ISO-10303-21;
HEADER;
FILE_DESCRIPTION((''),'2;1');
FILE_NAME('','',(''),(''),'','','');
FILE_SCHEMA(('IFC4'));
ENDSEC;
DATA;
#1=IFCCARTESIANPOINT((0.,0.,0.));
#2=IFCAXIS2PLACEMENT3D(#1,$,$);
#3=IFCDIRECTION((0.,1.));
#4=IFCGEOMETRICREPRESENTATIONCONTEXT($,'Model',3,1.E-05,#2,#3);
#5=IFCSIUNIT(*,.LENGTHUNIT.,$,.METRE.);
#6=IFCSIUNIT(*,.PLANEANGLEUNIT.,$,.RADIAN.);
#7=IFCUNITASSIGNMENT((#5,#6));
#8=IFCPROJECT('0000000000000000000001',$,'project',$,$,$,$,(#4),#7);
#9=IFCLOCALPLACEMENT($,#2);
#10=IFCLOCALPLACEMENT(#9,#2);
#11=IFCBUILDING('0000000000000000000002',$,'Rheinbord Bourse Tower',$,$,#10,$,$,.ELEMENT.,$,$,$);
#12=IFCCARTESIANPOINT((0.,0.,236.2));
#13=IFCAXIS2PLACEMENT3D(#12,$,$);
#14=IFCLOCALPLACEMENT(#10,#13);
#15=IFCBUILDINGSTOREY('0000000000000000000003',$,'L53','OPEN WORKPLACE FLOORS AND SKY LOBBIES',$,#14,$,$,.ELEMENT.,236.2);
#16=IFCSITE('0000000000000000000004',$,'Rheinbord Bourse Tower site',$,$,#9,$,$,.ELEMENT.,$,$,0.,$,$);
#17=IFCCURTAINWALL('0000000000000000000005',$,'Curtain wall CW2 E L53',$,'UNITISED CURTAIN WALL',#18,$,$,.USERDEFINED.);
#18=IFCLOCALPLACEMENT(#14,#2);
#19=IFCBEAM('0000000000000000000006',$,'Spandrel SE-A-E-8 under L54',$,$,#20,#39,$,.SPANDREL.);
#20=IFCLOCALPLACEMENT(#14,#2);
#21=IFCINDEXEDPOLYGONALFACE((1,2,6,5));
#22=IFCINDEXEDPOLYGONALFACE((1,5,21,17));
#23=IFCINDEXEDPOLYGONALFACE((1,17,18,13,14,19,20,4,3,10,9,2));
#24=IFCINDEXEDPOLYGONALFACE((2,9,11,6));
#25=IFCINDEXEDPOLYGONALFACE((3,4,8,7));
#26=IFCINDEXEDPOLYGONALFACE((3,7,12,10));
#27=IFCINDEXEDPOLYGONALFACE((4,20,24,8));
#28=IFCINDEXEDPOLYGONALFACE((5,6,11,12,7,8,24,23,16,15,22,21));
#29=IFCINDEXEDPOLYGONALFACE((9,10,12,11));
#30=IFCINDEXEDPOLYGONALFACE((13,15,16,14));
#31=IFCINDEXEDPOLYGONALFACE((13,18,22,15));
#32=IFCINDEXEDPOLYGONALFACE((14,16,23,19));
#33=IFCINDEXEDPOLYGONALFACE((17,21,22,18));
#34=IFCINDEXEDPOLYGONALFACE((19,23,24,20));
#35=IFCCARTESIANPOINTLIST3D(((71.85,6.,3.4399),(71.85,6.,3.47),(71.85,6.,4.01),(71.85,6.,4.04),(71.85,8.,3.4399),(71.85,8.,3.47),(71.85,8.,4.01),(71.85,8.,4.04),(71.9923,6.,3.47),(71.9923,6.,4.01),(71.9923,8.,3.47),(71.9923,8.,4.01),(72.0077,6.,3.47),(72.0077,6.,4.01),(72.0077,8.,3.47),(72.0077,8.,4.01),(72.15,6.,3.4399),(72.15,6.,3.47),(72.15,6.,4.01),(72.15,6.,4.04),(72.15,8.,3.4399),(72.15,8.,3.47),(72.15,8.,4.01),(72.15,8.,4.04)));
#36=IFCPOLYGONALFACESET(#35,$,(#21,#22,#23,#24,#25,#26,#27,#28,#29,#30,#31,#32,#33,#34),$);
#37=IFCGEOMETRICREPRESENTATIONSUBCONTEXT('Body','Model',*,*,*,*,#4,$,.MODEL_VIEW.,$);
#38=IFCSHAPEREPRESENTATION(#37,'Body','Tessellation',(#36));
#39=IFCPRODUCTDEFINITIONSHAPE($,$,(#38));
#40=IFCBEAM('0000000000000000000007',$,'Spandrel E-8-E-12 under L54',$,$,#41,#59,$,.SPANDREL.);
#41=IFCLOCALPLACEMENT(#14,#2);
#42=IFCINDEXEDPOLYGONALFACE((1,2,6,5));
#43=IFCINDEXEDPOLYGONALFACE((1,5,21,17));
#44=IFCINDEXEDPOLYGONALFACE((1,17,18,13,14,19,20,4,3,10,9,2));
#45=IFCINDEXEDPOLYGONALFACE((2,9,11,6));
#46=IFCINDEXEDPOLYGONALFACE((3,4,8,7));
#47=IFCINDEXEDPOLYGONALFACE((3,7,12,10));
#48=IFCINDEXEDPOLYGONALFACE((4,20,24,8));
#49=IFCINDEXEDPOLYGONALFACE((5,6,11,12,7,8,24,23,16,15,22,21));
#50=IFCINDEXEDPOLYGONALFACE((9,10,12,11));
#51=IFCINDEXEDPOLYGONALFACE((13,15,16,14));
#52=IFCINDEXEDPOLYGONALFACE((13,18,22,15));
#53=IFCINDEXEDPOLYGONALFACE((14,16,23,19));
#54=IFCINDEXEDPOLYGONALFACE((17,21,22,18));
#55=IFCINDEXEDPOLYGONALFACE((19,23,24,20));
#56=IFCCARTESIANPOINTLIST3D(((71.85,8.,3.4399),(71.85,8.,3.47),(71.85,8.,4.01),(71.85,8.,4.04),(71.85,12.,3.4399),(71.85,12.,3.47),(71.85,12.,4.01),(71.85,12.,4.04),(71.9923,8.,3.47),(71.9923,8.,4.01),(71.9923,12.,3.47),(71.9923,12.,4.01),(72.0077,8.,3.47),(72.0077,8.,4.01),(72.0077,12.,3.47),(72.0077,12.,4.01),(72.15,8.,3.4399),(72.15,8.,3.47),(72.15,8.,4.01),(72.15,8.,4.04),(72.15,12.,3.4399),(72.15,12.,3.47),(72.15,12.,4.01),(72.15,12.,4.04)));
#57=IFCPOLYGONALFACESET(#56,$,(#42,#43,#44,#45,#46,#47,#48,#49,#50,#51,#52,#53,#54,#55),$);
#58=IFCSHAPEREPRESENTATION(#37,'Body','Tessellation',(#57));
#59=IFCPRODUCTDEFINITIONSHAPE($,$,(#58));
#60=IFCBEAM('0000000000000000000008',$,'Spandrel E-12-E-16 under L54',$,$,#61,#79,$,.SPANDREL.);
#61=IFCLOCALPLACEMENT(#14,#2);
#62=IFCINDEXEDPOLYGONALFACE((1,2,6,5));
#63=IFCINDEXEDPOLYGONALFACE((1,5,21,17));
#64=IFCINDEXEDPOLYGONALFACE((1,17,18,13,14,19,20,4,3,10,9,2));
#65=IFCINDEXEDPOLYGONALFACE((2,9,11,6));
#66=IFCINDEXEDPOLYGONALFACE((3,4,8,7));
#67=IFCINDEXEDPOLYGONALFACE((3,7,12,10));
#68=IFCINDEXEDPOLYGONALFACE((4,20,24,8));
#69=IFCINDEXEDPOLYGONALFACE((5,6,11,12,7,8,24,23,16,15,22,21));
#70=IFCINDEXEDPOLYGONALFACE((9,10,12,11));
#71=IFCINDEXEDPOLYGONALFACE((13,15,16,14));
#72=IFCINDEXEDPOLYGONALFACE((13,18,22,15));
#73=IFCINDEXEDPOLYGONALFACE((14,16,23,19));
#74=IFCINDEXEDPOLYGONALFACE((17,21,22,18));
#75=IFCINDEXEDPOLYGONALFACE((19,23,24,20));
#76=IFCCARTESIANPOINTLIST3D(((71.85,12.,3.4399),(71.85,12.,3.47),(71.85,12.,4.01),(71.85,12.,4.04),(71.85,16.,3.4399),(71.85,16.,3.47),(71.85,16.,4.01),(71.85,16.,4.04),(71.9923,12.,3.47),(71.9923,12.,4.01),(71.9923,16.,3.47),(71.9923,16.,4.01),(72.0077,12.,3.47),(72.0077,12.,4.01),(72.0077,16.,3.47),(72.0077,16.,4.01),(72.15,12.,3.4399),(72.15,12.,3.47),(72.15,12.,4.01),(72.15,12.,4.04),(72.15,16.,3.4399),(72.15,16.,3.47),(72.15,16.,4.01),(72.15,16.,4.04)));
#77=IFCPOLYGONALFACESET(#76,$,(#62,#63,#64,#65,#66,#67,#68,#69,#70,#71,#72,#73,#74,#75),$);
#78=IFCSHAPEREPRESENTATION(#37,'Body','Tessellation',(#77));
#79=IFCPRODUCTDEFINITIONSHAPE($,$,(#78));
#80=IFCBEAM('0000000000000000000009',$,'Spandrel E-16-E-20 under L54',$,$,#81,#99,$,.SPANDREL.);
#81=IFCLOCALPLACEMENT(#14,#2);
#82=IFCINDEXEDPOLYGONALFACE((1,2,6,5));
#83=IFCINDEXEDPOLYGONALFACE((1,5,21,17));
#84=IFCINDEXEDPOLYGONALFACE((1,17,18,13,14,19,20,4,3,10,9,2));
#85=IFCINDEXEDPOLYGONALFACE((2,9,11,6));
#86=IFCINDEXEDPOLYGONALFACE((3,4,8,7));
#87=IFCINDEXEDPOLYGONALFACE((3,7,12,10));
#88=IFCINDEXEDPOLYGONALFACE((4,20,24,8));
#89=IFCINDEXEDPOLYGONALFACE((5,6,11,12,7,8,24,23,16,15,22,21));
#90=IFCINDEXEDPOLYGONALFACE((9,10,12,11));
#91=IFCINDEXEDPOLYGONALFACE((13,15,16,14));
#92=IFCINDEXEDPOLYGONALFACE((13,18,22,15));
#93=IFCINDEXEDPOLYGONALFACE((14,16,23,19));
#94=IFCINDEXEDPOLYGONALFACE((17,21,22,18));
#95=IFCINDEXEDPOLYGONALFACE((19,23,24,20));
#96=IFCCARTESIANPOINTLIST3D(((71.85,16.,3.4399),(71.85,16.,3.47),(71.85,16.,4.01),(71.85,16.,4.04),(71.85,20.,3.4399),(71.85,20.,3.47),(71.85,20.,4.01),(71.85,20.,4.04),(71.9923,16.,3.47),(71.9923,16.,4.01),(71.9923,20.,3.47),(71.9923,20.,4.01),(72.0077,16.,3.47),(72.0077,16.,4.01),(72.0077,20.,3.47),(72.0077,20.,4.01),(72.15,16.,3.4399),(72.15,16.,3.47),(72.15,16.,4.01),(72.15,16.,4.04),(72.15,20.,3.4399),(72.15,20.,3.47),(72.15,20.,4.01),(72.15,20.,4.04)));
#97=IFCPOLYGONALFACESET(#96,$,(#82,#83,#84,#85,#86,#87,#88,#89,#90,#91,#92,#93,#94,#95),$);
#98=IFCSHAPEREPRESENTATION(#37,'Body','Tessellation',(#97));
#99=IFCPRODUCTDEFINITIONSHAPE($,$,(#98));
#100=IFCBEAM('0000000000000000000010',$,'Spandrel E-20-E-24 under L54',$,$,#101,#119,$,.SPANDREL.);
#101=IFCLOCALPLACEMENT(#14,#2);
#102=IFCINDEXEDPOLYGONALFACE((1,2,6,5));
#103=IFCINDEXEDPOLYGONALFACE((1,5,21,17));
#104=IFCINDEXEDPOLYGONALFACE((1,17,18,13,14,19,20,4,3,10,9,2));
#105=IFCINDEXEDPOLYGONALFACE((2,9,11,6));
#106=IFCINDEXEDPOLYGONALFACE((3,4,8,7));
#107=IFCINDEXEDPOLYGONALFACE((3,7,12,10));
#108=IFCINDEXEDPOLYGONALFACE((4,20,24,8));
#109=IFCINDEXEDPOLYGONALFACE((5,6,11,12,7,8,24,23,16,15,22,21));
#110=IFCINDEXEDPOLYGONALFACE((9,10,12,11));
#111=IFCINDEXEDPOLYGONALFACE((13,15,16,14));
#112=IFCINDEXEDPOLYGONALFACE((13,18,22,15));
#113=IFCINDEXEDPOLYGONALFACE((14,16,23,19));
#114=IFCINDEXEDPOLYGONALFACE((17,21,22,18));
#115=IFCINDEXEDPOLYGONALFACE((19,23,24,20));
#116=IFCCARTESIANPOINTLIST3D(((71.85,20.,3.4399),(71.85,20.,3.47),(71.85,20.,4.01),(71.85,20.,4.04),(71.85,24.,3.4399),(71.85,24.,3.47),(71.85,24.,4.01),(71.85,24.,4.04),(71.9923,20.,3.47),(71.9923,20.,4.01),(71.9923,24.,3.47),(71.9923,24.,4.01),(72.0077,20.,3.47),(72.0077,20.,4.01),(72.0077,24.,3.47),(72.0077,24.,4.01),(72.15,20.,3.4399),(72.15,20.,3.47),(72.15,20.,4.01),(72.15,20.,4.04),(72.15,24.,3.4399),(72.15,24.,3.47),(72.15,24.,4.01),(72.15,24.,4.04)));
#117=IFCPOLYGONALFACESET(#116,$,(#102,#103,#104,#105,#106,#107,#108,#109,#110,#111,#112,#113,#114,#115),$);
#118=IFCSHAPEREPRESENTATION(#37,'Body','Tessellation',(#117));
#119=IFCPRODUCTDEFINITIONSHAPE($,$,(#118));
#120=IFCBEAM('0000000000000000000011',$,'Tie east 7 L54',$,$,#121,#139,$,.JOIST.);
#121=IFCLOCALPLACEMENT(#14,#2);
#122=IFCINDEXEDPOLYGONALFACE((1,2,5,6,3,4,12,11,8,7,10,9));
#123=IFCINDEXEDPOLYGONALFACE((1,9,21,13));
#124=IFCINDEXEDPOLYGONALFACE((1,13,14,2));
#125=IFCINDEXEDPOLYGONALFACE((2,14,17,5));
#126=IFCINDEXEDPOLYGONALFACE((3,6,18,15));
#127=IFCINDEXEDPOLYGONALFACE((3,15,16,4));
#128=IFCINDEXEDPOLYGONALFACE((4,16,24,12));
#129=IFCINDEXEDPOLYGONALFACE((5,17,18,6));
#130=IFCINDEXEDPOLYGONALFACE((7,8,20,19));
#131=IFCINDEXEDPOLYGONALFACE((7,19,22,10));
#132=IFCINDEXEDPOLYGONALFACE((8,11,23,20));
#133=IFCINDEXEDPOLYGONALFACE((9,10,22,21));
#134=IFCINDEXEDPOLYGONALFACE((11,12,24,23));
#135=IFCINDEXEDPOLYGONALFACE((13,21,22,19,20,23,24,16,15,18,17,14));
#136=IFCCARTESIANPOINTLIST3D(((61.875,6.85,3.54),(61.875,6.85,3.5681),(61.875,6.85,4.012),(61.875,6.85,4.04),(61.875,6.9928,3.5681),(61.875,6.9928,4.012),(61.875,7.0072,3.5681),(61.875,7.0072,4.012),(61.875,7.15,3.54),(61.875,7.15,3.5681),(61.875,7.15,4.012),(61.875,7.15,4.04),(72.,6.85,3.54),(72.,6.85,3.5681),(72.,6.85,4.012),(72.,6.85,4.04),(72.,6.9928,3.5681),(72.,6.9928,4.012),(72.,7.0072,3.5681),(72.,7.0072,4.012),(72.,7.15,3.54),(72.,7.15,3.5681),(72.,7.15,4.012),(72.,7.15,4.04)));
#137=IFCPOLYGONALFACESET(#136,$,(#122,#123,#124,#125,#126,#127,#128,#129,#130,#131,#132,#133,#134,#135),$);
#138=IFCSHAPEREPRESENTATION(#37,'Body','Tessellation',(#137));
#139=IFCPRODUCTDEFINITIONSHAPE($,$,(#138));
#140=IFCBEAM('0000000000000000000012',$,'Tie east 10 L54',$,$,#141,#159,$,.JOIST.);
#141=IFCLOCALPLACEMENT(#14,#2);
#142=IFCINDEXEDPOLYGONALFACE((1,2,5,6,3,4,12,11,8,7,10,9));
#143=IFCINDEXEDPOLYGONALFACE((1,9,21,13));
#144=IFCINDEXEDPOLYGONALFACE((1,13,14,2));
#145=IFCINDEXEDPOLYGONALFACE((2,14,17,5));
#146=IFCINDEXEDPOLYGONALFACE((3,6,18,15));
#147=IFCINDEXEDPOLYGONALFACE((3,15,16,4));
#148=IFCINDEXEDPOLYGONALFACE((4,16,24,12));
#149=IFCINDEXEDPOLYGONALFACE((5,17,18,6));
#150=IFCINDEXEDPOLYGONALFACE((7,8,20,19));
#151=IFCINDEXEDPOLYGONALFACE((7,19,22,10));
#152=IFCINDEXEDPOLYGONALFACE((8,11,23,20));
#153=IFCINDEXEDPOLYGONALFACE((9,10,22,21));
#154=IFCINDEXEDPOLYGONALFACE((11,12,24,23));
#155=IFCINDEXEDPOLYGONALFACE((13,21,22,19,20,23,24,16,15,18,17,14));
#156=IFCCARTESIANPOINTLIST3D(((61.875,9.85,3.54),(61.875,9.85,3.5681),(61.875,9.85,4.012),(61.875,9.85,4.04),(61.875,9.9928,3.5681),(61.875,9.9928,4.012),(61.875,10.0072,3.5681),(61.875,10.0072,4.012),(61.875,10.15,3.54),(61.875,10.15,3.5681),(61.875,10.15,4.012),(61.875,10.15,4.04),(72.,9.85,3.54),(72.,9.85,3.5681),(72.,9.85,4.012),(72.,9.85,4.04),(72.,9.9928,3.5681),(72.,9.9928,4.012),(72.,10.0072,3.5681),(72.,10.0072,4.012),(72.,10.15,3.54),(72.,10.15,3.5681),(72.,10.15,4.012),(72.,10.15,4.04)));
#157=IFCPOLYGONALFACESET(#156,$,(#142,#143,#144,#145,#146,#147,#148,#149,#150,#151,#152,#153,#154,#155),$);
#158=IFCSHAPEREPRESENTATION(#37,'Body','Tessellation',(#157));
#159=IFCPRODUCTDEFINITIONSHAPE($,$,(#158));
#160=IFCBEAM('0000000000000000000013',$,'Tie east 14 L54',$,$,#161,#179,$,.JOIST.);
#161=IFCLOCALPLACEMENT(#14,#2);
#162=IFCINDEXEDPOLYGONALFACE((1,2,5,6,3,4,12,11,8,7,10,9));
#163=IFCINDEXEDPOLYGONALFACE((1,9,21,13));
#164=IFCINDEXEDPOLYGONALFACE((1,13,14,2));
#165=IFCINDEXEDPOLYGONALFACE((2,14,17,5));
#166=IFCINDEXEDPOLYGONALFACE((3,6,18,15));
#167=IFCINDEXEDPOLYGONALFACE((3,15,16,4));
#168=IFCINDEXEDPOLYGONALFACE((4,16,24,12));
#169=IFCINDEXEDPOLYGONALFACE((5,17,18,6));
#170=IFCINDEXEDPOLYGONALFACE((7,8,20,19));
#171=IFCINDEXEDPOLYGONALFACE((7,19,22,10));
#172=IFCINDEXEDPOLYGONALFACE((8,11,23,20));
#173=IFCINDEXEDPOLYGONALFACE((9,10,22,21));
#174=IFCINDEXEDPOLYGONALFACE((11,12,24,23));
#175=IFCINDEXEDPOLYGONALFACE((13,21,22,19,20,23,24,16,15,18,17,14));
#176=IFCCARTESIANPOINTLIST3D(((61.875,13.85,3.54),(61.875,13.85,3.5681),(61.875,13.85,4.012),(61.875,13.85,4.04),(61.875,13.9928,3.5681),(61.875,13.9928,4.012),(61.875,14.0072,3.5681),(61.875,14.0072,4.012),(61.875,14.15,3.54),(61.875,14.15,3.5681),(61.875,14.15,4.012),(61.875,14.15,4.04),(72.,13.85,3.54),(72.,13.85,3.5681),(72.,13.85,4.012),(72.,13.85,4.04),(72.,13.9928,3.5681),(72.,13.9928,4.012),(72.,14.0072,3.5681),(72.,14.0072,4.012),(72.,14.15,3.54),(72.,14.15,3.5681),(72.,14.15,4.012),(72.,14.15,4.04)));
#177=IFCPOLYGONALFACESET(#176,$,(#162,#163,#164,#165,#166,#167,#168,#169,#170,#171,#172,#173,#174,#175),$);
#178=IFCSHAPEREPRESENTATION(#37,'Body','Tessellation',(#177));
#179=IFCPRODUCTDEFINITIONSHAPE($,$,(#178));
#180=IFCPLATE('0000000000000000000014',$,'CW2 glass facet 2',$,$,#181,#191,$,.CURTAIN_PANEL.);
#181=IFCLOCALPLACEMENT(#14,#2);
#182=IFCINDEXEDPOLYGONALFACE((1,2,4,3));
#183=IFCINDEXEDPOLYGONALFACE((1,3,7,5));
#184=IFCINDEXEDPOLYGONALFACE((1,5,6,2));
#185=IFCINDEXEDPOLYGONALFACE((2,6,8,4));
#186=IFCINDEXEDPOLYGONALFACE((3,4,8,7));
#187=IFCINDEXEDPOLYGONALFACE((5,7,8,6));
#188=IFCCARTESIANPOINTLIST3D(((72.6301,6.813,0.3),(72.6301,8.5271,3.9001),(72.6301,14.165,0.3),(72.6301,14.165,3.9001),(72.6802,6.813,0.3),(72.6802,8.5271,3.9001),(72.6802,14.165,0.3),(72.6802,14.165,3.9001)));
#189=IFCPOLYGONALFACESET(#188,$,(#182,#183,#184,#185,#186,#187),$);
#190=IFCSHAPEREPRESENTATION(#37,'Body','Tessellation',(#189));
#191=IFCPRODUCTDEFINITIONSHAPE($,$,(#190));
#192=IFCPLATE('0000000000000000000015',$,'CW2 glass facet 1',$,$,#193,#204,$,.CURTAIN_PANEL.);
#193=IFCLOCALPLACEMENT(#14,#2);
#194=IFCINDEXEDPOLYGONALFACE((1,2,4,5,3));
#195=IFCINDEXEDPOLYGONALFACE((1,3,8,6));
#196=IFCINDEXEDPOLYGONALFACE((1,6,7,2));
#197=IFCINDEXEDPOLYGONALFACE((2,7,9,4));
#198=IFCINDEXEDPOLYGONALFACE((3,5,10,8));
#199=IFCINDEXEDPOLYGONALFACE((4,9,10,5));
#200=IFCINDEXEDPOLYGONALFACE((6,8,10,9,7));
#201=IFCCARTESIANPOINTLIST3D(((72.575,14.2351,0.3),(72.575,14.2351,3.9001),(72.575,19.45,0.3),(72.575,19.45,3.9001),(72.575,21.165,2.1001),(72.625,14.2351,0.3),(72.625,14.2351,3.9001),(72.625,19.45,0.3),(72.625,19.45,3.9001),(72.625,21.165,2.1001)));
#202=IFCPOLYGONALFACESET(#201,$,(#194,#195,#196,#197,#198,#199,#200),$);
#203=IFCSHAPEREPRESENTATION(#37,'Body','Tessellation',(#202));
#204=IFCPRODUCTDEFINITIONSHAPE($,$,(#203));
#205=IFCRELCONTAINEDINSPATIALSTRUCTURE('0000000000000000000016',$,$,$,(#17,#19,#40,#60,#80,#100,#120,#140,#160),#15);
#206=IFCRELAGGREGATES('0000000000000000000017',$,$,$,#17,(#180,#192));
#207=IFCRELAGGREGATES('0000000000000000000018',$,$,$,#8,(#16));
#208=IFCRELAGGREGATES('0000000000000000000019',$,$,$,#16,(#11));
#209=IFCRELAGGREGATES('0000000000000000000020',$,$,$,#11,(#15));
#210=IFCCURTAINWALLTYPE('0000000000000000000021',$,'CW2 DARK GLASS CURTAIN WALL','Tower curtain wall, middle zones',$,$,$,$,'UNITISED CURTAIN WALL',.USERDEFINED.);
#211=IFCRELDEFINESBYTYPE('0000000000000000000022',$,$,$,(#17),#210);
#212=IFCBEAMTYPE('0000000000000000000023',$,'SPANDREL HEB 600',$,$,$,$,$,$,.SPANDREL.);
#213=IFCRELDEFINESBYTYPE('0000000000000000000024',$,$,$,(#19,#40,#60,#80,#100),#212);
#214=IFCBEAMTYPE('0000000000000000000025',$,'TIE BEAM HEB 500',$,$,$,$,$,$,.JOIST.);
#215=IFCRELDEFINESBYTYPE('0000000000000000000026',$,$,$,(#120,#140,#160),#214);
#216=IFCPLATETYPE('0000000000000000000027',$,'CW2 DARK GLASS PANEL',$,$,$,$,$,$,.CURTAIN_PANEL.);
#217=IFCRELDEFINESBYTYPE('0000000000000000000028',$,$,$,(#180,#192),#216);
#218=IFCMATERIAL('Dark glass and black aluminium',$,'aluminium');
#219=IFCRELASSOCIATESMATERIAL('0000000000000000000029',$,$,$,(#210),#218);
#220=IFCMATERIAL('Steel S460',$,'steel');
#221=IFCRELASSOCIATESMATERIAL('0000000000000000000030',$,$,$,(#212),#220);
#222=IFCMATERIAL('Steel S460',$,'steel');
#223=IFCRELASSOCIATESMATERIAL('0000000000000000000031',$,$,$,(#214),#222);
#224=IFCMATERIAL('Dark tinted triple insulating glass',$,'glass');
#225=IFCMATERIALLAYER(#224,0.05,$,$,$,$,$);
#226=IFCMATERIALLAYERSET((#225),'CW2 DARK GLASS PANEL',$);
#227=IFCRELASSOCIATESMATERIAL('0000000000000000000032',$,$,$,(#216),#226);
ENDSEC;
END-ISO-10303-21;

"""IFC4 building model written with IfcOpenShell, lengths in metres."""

from ifc_helpers import new_model, si_unit, direction, frame, origin, origin_2d, place, context, subcontext, project, spatial, polyline, i_section, outline, extrude, material, layer, layer_set, material_profile, profile_set, type_object, element, aggregate, save


model = new_model("IFC4")

# Units and contexts
model_context = context("Model", 3, precision=1e-05, world=origin(), true_north=direction((0.0, 1.0)))
body_context = subcontext(model_context, "Body", "Model", "MODEL_VIEW")
ifc_project = project(units=[si_unit("LENGTHUNIT", "METRE"), si_unit("PLANEANGLEUNIT", "RADIAN")], contexts=[model_context])

# Site, building, storey
site_placement = place(None, origin())
site = spatial("IfcSite", under=ifc_project, at=site_placement, Name="Rheinbord Bourse Tower site", CompositionType="ELEMENT", RefElevation=0.0)
building_placement = place(site_placement, origin())
building = spatial("IfcBuilding", under=site, at=building_placement, Name="Rheinbord Bourse Tower", CompositionType="ELEMENT")
storey_placement = place(building_placement, frame((0.0, 0.0, 236.2)))
storey = spatial("IfcBuildingStorey", under=building, at=storey_placement, Name="L53", Description="OPEN WORKPLACE FLOORS AND SKY LOBBIES", CompositionType="ELEMENT", Elevation=236.2)

# Curtain wall
ifc_material_1 = material(Name="Dark glass and black aluminium", Category="aluminium")
curtain_wall_type = type_object("IfcCurtainWallType", Name="CW2 DARK GLASS CURTAIN WALL", Description="Tower curtain wall, middle zones", ElementType="UNITISED CURTAIN WALL", PredefinedType="USERDEFINED", material=ifc_material_1)
curtain_wall_placement = place(storey_placement, origin())
curtain_wall = element("IfcCurtainWall", 1, at=curtain_wall_placement, inside=storey, type_object=curtain_wall_type, Name="Curtain wall CW2 E L53", ObjectType="UNITISED CURTAIN WALL", PredefinedType="USERDEFINED")

# Beams
ifc_material_2 = material(Name="Steel S460", Category="steel")
ifc_material_profile_1 = material_profile(ifc_material_2, i_section(OverallWidth=0.3, OverallDepth=0.6001, WebThickness=0.0154, FlangeThickness=0.03, at=origin_2d()), Name="HEB 600")
ifc_profile_set_1 = profile_set([ifc_material_profile_1], Name="Steel S460")
beam_type_1 = type_object("IfcBeamType", Name="SPANDREL HEB 600", PredefinedType="SPANDREL", material=ifc_profile_set_1)
beam_1_placement = place(storey_placement, frame((72.0, 6.0, 3.74), z_axis=(0.0, 1.0, 0.0), x_axis=(-1.0, 0.0, 0.0)))
element("IfcBeam", 2, at=beam_1_placement, inside=storey, type_object=beam_type_1, Name="Spandrel SE-A-E-8 under L54", PredefinedType="SPANDREL", context=body_context, shape_type="SweptSolid", body=[
    extrude(i_section(OverallWidth=0.3, OverallDepth=0.6001, WebThickness=0.0154, FlangeThickness=0.03, at=origin_2d()), origin(), (0.0, 0.0, 1.0), 2.0),
])
for number, where, z_axis, x_axis, name in (
    (3, (72.0, 8.0, 3.74), (0.0, 1.0, 0.0), (-1.0, 0.0, 0.0), "Spandrel E-8-E-12 under L54"),
    (4, (72.0, 12.0, 3.74), (0.0, 1.0, 0.0), (-1.0, 0.0, 0.0), "Spandrel E-12-E-16 under L54"),
    (5, (72.0, 16.0, 3.74), (0.0, 1.0, 0.0), (-1.0, 0.0, 0.0), "Spandrel E-16-E-20 under L54"),
    (6, (72.0, 20.0, 3.74), (0.0, 1.0, 0.0), (-1.0, 0.0, 0.0), "Spandrel E-20-E-24 under L54"),
):
    element("IfcBeam", number, at=place(storey_placement, frame(where, z_axis=z_axis, x_axis=x_axis)), inside=storey, type_object=beam_type_1, Name=name, PredefinedType="SPANDREL", context=body_context, shape_type="SweptSolid", body=[
        extrude(i_section(OverallWidth=0.3, OverallDepth=0.6001, WebThickness=0.0154, FlangeThickness=0.03, at=origin_2d()), origin(), (0.0, 0.0, 1.0), 4.0),
    ])
ifc_material_3 = material(Name="Steel S460", Category="steel")
ifc_material_profile_2 = material_profile(ifc_material_3, i_section(OverallWidth=0.3, OverallDepth=0.5, WebThickness=0.0144, FlangeThickness=0.0281, at=origin_2d()), Name="HEB 500")
ifc_profile_set_2 = profile_set([ifc_material_profile_2], Name="Steel S460")
beam_type_2 = type_object("IfcBeamType", Name="TIE BEAM HEB 500", PredefinedType="JOIST", material=ifc_profile_set_2)
for number, where, z_axis, x_axis, name in (
    (7, (61.875, 7.0, 3.79), (1.0, 0.0, 0.0), (0.0, 1.0, 0.0), "Tie east 7 L54"),
    (8, (61.875, 10.0, 3.79), (1.0, 0.0, 0.0), (0.0, 1.0, 0.0), "Tie east 10 L54"),
    (9, (61.875, 14.0, 3.79), (1.0, 0.0, 0.0), (0.0, 1.0, 0.0), "Tie east 14 L54"),
):
    element("IfcBeam", number, at=place(storey_placement, frame(where, z_axis=z_axis, x_axis=x_axis)), inside=storey, type_object=beam_type_2, Name=name, PredefinedType="JOIST", context=body_context, shape_type="SweptSolid", body=[
        extrude(i_section(OverallWidth=0.3, OverallDepth=0.5, WebThickness=0.0144, FlangeThickness=0.0281, at=origin_2d()), origin(), (0.0, 0.0, 1.0), 10.125),
    ])

# Plates
ifc_material_4 = material(Name="Dark tinted triple insulating glass", Category="glass")
ifc_layer_1 = layer(ifc_material_4, 0.05)
ifc_layer_set_1 = layer_set([ifc_layer_1], Name="CW2 DARK GLASS PANEL")
plate_type = type_object("IfcPlateType", Name="CW2 DARK GLASS PANEL", PredefinedType="CURTAIN_PANEL", material=ifc_layer_set_1)
plate_1_placement = place(storey_placement, frame((72.6802, 14.165, 3.9001), z_axis=(-1.0, 0.0, 0.0), x_axis=(0.0, 0.0, -1.0)))
plate_1 = element("IfcPlate", 10, at=plate_1_placement, type_object=plate_type, Name="CW2 glass facet 2", PredefinedType="CURTAIN_PANEL", context=body_context, shape_type="SweptSolid", body=[
    extrude(outline(polyline([(0.0, 0.0), (3.6001, 0.0), (3.6001, 7.3521), (0.0, 5.6379), (0.0, 0.0)])), origin(), (0.0, 0.0, 1.0), 0.05),
])
plate_2_placement = place(storey_placement, frame((72.625, 14.2351, 0.3), z_axis=(-1.0, 0.0, 0.0), x_axis=(0.0, 0.0, 1.0)))
plate_2 = element("IfcPlate", 11, at=plate_2_placement, type_object=plate_type, Name="CW2 glass facet 1", PredefinedType="CURTAIN_PANEL", context=body_context, shape_type="SweptSolid", body=[
    extrude(outline(polyline([(0.0, 0.0), (3.6001, 0.0), (3.6001, 5.2148), (1.8, 6.9299), (0.0, 5.2148), (0.0, 0.0)])), origin(), (0.0, 0.0, 1.0), 0.05),
])
aggregate(curtain_wall, [plate_1, plate_2])

save(model, "model.ifc")
